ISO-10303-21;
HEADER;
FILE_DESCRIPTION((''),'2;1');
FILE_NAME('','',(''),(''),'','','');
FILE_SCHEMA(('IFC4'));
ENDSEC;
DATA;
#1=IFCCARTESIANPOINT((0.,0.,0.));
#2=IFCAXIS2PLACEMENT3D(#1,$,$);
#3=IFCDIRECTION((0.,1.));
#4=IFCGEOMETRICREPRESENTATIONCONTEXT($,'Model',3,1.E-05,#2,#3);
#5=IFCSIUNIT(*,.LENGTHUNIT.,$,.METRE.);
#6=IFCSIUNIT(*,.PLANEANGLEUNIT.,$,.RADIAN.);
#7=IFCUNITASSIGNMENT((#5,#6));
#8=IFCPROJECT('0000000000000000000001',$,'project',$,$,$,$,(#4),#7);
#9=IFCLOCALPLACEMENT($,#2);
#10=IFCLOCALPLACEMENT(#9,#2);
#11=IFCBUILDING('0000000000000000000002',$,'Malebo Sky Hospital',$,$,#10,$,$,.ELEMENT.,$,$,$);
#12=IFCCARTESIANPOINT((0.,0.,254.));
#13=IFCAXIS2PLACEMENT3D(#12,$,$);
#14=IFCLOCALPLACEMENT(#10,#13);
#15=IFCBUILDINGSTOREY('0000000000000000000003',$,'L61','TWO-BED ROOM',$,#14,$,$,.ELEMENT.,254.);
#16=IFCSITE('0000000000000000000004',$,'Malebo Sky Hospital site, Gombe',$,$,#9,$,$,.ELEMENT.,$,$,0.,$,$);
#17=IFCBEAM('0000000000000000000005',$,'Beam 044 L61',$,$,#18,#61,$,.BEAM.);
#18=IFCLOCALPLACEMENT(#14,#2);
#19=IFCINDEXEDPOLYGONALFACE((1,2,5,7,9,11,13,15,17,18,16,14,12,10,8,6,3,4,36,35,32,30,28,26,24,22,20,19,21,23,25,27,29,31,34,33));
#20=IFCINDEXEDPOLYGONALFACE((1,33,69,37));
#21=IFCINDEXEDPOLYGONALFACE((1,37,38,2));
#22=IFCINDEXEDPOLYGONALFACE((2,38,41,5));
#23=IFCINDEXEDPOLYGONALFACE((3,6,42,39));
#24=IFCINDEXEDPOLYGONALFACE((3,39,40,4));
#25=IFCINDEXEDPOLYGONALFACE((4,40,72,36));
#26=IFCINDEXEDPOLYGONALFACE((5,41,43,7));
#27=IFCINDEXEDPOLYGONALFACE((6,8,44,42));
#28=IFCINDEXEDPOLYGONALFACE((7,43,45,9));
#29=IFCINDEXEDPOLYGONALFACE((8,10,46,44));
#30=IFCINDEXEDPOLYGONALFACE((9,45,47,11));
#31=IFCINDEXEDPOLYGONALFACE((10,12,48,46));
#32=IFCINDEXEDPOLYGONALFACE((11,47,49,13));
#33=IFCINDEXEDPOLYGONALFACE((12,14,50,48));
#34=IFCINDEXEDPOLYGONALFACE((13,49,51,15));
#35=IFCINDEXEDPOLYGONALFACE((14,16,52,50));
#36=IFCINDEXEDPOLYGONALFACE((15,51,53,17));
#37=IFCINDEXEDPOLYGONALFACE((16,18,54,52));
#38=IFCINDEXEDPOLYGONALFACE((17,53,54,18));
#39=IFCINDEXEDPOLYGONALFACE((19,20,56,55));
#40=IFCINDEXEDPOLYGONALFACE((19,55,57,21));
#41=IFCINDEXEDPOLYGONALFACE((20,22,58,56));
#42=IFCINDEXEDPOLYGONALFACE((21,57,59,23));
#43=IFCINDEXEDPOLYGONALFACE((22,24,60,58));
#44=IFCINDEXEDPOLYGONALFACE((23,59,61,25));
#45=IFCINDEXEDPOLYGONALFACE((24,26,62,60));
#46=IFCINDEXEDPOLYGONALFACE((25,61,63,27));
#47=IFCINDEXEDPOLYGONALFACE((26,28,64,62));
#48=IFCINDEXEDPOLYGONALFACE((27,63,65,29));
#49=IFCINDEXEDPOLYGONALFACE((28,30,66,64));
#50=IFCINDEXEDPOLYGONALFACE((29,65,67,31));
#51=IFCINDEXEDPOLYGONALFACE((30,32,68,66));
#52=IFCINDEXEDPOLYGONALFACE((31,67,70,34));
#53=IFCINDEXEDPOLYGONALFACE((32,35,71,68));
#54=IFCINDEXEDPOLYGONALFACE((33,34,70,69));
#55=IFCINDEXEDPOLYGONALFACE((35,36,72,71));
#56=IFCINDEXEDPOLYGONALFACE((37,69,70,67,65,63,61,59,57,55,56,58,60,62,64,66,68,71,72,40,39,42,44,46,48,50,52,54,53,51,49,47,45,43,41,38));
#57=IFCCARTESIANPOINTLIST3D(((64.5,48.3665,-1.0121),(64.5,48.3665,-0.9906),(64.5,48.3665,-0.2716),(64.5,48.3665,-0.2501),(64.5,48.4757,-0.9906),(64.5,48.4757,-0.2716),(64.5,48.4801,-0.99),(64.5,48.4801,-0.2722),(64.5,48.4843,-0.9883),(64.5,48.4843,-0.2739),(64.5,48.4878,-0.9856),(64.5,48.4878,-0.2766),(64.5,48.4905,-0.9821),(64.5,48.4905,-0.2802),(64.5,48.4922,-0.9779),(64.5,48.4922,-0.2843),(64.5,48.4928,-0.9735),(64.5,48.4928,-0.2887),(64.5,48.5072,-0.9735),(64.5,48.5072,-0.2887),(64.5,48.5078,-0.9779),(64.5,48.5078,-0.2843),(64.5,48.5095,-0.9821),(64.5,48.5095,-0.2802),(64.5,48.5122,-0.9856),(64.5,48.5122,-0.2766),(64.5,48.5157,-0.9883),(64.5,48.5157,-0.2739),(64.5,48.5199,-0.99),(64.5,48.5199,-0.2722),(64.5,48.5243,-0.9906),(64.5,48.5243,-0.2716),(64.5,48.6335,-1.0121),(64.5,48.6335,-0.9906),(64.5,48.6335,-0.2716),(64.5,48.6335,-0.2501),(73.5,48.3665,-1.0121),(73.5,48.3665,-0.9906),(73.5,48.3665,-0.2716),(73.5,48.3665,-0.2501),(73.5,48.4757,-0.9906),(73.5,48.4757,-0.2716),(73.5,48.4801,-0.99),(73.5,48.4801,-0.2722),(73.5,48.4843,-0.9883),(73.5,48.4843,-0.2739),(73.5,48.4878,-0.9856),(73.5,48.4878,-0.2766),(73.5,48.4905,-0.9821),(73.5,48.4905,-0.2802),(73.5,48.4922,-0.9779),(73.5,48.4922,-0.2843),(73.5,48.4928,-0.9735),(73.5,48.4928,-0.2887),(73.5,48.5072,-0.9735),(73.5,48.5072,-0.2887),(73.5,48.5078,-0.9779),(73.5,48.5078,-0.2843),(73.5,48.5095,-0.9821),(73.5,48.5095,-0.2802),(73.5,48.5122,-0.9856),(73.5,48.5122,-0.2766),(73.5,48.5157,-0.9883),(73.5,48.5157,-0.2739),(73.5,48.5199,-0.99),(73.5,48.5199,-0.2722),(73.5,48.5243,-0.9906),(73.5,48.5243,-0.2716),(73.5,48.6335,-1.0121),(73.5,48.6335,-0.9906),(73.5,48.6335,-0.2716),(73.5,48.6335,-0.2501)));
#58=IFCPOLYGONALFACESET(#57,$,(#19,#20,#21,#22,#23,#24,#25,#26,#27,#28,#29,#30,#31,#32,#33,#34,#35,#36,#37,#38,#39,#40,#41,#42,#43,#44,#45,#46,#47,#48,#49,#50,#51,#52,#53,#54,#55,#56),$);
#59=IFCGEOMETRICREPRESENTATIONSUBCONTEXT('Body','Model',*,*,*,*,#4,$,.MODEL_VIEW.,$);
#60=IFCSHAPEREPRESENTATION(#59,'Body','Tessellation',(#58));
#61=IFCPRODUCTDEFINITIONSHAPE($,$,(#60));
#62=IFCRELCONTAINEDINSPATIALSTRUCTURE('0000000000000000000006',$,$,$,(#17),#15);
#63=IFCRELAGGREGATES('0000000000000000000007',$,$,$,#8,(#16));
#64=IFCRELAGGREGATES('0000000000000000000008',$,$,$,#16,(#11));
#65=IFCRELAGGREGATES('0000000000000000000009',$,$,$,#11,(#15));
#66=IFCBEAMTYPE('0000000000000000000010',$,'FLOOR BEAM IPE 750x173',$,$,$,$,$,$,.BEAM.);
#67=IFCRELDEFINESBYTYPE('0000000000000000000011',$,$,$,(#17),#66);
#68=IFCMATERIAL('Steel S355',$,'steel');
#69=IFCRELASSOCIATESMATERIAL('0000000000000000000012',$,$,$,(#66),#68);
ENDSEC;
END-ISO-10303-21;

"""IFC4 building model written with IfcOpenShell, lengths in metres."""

from ifc_helpers import new_model, si_unit, direction, frame, origin, origin_2d, place, context, subcontext, project, spatial, i_section, extrude, material, material_profile, profile_set, type_object, element, save


model = new_model("IFC4")

# Units and contexts
model_context = context("Model", 3, precision=1e-05, world=origin(), true_north=direction((0.0, 1.0)))
body_context = subcontext(model_context, "Body", "Model", "MODEL_VIEW")
ifc_project = project(units=[si_unit("LENGTHUNIT", "METRE"), si_unit("PLANEANGLEUNIT", "RADIAN")], contexts=[model_context])

# Site, building, storey
site_placement = place(None, origin())
site = spatial("IfcSite", under=ifc_project, at=site_placement, Name="Malebo Sky Hospital site, Gombe", CompositionType="ELEMENT", RefElevation=0.0)
building_placement = place(site_placement, origin())
building = spatial("IfcBuilding", under=site, at=building_placement, Name="Malebo Sky Hospital", CompositionType="ELEMENT")
storey_placement = place(building_placement, frame((0.0, 0.0, 254.0)))
storey = spatial("IfcBuildingStorey", under=building, at=storey_placement, Name="L61", Description="TWO-BED ROOM", CompositionType="ELEMENT", Elevation=254.0)

# Beam
ifc_material_1 = material(Name="Steel S355", Category="steel")
ifc_material_profile = material_profile(ifc_material_1, i_section(OverallWidth=0.2671, OverallDepth=0.762, WebThickness=0.0144, FlangeThickness=0.0215, FilletRadius=0.0171, at=origin_2d()), Name="IPE 750x173")
ifc_profile_set = profile_set([ifc_material_profile], Name="Steel S355")
beam_type = type_object("IfcBeamType", Name="FLOOR BEAM IPE 750x173", PredefinedType="BEAM", material=ifc_profile_set)
beam_placement = place(storey_placement, frame((64.5, 48.5, -0.6311), z_axis=(1.0, 0.0, 0.0), x_axis=(0.0, 1.0, 0.0)))
element("IfcBeam", 1, at=beam_placement, inside=storey, type_object=beam_type, Name="Beam 044 L61", PredefinedType="BEAM", context=body_context, shape_type="SweptSolid", body=[
    extrude(i_section(OverallWidth=0.2671, OverallDepth=0.762, WebThickness=0.0144, FlangeThickness=0.0215, FilletRadius=0.0171, at=origin_2d()), origin(), (0.0, 0.0, 1.0), 9.0),
])

save(model, "model.ifc")
